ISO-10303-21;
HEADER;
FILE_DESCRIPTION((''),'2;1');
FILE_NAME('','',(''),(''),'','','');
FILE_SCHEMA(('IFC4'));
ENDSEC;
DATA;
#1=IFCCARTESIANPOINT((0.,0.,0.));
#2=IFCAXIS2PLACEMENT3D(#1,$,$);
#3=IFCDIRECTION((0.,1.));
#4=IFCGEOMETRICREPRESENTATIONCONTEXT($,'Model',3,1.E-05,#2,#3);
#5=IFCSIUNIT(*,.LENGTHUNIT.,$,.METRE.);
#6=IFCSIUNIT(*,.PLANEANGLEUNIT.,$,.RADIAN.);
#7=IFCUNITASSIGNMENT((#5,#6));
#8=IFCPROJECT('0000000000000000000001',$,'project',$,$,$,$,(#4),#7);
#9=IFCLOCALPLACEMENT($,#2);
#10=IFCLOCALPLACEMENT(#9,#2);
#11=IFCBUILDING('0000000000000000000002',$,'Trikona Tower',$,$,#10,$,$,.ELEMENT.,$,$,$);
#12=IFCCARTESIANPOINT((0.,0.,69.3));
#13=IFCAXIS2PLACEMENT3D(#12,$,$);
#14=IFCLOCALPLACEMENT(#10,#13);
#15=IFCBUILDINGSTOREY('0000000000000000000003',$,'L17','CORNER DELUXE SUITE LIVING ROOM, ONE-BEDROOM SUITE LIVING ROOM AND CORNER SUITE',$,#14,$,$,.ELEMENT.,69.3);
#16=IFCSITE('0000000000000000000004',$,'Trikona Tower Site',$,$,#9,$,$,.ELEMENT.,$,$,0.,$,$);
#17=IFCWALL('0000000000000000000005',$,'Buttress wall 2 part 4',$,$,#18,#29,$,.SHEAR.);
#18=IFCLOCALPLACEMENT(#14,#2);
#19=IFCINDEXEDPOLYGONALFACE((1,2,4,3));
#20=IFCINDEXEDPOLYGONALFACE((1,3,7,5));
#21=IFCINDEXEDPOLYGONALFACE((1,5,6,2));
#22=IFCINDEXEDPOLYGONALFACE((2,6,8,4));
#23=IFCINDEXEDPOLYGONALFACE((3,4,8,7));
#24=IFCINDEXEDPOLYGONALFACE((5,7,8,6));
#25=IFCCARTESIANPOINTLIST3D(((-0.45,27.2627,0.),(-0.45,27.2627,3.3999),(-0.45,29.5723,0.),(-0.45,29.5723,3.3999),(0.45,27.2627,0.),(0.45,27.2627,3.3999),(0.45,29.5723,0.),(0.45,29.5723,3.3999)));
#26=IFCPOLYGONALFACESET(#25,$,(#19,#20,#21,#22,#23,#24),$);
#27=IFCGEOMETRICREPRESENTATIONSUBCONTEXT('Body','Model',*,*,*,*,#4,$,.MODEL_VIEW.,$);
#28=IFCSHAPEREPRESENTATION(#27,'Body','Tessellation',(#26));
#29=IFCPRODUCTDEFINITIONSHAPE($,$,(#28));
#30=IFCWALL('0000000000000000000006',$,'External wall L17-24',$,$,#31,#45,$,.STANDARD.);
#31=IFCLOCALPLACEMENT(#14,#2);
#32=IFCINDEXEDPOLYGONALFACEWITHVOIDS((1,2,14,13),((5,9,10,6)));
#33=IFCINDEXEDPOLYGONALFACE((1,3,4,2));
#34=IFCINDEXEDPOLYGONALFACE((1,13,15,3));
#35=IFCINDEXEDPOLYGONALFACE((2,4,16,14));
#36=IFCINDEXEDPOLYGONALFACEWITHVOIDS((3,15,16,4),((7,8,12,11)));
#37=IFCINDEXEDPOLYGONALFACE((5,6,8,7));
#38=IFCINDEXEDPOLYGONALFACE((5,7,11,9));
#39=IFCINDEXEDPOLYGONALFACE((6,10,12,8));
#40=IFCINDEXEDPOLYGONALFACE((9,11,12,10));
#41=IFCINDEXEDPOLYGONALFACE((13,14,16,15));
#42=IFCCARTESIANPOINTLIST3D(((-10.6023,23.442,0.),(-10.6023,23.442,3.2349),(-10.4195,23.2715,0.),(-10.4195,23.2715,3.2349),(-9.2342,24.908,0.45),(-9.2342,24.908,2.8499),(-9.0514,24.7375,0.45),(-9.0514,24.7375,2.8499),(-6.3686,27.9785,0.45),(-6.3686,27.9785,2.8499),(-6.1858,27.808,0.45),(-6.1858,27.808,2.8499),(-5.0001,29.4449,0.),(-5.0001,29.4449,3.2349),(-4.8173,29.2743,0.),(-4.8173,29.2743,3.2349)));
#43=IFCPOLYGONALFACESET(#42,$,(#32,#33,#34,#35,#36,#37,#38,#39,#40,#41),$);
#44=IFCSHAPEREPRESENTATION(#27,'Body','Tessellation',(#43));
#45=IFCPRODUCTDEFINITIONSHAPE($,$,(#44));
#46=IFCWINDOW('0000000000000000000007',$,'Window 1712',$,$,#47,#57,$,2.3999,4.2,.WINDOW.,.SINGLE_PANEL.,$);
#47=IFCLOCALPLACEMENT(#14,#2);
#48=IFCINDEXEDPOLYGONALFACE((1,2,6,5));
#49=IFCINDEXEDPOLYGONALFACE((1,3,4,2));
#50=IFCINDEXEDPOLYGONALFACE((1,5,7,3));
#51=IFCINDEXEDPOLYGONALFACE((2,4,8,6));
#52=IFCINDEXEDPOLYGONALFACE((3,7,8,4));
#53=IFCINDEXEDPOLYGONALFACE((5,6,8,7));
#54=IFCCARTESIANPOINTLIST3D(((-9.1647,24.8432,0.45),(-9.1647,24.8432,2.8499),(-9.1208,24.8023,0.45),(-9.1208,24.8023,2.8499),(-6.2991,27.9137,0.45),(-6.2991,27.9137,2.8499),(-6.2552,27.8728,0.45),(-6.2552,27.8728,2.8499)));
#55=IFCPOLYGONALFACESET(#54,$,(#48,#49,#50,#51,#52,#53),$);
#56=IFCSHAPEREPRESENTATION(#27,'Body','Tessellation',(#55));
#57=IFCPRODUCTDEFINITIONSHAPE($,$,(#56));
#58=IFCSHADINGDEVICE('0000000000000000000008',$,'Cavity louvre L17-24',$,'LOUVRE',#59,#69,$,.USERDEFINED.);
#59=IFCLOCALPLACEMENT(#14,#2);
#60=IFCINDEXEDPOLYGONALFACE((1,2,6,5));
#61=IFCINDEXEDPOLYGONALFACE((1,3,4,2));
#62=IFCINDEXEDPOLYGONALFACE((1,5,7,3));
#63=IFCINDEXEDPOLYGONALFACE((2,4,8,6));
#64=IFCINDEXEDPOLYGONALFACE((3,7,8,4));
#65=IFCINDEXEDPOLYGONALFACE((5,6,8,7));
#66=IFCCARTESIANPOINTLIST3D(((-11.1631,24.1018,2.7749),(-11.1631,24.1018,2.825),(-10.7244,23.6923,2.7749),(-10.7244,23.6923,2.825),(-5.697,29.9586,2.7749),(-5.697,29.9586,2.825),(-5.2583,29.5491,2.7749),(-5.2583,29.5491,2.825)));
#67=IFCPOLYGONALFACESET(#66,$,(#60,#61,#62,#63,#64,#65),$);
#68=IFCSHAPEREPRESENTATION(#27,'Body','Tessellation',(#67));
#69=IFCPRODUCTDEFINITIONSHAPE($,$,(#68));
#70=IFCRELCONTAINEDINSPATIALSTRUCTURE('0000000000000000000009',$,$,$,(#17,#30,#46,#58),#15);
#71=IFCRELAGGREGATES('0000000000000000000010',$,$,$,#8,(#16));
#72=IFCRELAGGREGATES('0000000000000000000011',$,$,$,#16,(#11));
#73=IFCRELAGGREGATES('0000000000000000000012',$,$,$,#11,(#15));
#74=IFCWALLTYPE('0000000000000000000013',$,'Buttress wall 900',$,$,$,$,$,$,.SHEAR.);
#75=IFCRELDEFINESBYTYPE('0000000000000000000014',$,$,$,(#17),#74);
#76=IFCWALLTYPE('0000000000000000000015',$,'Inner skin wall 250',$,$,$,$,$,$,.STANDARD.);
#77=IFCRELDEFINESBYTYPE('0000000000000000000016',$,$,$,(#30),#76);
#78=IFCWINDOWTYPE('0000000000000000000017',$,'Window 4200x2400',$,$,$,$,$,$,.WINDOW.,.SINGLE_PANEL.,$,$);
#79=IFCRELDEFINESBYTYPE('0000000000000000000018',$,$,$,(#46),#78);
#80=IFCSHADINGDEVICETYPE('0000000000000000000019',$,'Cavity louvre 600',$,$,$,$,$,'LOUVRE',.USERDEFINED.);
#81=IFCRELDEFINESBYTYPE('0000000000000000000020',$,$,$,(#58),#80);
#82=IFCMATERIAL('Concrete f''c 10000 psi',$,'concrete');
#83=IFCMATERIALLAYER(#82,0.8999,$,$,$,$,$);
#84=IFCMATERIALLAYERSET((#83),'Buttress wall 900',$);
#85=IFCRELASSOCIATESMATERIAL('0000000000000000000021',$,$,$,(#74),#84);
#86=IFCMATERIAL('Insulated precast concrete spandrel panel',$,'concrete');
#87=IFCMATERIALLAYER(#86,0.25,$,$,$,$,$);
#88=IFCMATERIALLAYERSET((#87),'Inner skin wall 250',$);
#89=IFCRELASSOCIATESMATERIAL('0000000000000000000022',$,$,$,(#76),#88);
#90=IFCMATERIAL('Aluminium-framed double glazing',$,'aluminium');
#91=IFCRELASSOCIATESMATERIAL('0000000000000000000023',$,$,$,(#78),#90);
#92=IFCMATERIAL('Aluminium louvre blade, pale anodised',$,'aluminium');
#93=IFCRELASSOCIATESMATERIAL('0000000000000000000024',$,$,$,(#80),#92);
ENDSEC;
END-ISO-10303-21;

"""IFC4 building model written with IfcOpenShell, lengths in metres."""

from ifc_helpers import new_model, si_unit, direction, frame, frame_2d, origin, origin_2d, place, context, subcontext, project, spatial, rectangle, extrude, material, layer, layer_set, type_object, element, fill, save


model = new_model("IFC4")

# Units and contexts
model_context = context("Model", 3, precision=1e-05, world=origin(), true_north=direction((0.0, 1.0)))
body_context = subcontext(model_context, "Body", "Model", "MODEL_VIEW")
ifc_project = project(units=[si_unit("LENGTHUNIT", "METRE"), si_unit("PLANEANGLEUNIT", "RADIAN")], contexts=[model_context])

# Site, building, storey
site_placement = place(None, origin())
site = spatial("IfcSite", under=ifc_project, at=site_placement, Name="Trikona Tower Site", CompositionType="ELEMENT", RefElevation=0.0)
building_placement = place(site_placement, origin())
building = spatial("IfcBuilding", under=site, at=building_placement, Name="Trikona Tower", CompositionType="ELEMENT")
storey_placement = place(building_placement, frame((0.0, 0.0, 69.3)))
storey = spatial("IfcBuildingStorey", under=building, at=storey_placement, Name="L17", Description="CORNER DELUXE SUITE LIVING ROOM, ONE-BEDROOM SUITE LIVING ROOM AND CORNER SUITE", CompositionType="ELEMENT", Elevation=69.3)

# Wall
ifc_material_1 = material(Name="Concrete f'c 10000 psi", Category="concrete")
ifc_layer_1 = layer(ifc_material_1, 0.8999)
ifc_layer_set_1 = layer_set([ifc_layer_1], Name="Buttress wall 900")
wall_type_1 = type_object("IfcWallType", Name="Buttress wall 900", PredefinedType="SHEAR", material=ifc_layer_set_1)
wall_1_placement = place(storey_placement, frame((0.0, 27.2627, 0.0), z_axis=(0.0, 0.0, 1.0), x_axis=(0.0, 1.0, 0.0)))
element("IfcWall", 1, at=wall_1_placement, inside=storey, type_object=wall_type_1, Name="Buttress wall 2 part 4", PredefinedType="SHEAR", context=body_context, shape_type="SweptSolid", body=[
    extrude(rectangle(XDim=2.3096, YDim=0.8999, at=frame_2d((1.1548, 0.0))), origin(), (0.0, 0.0, 1.0), 3.3999),
])

# Wall, opening, window
ifc_material_2 = material(Name="Insulated precast concrete spandrel panel", Category="concrete")
ifc_layer_2 = layer(ifc_material_2, 0.25)
ifc_layer_set_2 = layer_set([ifc_layer_2], Name="Inner skin wall 250")
wall_type_2 = type_object("IfcWallType", Name="Inner skin wall 250", PredefinedType="STANDARD", material=ifc_layer_set_2)
wall_2_placement = place(storey_placement, frame((-4.9087, 29.3596, 0.0), z_axis=(0.0, 0.0, 1.0), x_axis=(-0.68229, -0.731082, 0.0)))
wall_2 = element("IfcWall", 2, at=wall_2_placement, inside=storey, type_object=wall_type_2, Name="External wall L17-24", PredefinedType="STANDARD", context=body_context, shape_type="SweptSolid", body=[
    extrude(rectangle(XDim=8.2109, YDim=0.25, at=frame_2d((4.1055, 0.0))), origin(), (0.0, 0.0, 1.0), 3.2349),
])
opening_1_placement = place(wall_2_placement, frame((2.0056, 0.0, 0.45)))
opening_1 = element("IfcOpeningElement", 3, at=opening_1_placement, cuts=wall_2, PredefinedType="OPENING", context=body_context, shape_type="SweptSolid", body=[
    extrude(rectangle(XDim=4.2, YDim=2.3999, at=frame_2d((2.1001, 1.2))), frame((0.0, 0.135, 0.0), z_axis=(0.0, -1.0, 0.0), x_axis=(1.0, 0.0, 0.0)), (0.0, 0.0, 1.0), 0.27),
])
ifc_material_3 = material(Name="Aluminium-framed double glazing", Category="aluminium")
window_type_1 = type_object("IfcWindowType", Name="Window 4200x2400", PartitioningType="SINGLE_PANEL", PredefinedType="WINDOW", material=ifc_material_3)
window_1_placement = place(opening_1_placement, origin())
window_1 = element("IfcWindow", 4, at=window_1_placement, inside=storey, type_object=window_type_1, Name="Window 1712", OverallHeight=2.3999, OverallWidth=4.2, PartitioningType="SINGLE_PANEL", PredefinedType="WINDOW", context=body_context, shape_type="SweptSolid", body=[
    extrude(rectangle(XDim=4.2, YDim=2.3999, at=frame_2d((2.1001, 1.2))), frame((0.0, 0.03, 0.0), z_axis=(0.0, -1.0, 0.0), x_axis=(1.0, 0.0, 0.0)), (0.0, 0.0, 1.0), 0.0601),
])
fill(opening_1, window_1)

# Shading device
ifc_material_4 = material(Name="Aluminium louvre blade, pale anodised", Category="aluminium")
shading_device_type = type_object("IfcShadingDeviceType", Name="Cavity louvre 600", ElementType="LOUVRE", PredefinedType="USERDEFINED", material=ifc_material_4)
shading_device_placement = place(storey_placement, frame((-8.2107, 26.8254, 2.7749), z_axis=(0.0, 0.0, 1.0), x_axis=(-0.682298, -0.731074, 0.0)))
element("IfcShadingDevice", 5, at=shading_device_placement, inside=storey, type_object=shading_device_type, Name="Cavity louvre L17-24", ObjectType="LOUVRE", PredefinedType="USERDEFINED", context=body_context, shape_type="SweptSolid", body=[
    extrude(rectangle(XDim=8.0112, YDim=0.6001, at=origin_2d()), origin(), (0.0, 0.0, 1.0), 0.05),
])

save(model, "model.ifc")
